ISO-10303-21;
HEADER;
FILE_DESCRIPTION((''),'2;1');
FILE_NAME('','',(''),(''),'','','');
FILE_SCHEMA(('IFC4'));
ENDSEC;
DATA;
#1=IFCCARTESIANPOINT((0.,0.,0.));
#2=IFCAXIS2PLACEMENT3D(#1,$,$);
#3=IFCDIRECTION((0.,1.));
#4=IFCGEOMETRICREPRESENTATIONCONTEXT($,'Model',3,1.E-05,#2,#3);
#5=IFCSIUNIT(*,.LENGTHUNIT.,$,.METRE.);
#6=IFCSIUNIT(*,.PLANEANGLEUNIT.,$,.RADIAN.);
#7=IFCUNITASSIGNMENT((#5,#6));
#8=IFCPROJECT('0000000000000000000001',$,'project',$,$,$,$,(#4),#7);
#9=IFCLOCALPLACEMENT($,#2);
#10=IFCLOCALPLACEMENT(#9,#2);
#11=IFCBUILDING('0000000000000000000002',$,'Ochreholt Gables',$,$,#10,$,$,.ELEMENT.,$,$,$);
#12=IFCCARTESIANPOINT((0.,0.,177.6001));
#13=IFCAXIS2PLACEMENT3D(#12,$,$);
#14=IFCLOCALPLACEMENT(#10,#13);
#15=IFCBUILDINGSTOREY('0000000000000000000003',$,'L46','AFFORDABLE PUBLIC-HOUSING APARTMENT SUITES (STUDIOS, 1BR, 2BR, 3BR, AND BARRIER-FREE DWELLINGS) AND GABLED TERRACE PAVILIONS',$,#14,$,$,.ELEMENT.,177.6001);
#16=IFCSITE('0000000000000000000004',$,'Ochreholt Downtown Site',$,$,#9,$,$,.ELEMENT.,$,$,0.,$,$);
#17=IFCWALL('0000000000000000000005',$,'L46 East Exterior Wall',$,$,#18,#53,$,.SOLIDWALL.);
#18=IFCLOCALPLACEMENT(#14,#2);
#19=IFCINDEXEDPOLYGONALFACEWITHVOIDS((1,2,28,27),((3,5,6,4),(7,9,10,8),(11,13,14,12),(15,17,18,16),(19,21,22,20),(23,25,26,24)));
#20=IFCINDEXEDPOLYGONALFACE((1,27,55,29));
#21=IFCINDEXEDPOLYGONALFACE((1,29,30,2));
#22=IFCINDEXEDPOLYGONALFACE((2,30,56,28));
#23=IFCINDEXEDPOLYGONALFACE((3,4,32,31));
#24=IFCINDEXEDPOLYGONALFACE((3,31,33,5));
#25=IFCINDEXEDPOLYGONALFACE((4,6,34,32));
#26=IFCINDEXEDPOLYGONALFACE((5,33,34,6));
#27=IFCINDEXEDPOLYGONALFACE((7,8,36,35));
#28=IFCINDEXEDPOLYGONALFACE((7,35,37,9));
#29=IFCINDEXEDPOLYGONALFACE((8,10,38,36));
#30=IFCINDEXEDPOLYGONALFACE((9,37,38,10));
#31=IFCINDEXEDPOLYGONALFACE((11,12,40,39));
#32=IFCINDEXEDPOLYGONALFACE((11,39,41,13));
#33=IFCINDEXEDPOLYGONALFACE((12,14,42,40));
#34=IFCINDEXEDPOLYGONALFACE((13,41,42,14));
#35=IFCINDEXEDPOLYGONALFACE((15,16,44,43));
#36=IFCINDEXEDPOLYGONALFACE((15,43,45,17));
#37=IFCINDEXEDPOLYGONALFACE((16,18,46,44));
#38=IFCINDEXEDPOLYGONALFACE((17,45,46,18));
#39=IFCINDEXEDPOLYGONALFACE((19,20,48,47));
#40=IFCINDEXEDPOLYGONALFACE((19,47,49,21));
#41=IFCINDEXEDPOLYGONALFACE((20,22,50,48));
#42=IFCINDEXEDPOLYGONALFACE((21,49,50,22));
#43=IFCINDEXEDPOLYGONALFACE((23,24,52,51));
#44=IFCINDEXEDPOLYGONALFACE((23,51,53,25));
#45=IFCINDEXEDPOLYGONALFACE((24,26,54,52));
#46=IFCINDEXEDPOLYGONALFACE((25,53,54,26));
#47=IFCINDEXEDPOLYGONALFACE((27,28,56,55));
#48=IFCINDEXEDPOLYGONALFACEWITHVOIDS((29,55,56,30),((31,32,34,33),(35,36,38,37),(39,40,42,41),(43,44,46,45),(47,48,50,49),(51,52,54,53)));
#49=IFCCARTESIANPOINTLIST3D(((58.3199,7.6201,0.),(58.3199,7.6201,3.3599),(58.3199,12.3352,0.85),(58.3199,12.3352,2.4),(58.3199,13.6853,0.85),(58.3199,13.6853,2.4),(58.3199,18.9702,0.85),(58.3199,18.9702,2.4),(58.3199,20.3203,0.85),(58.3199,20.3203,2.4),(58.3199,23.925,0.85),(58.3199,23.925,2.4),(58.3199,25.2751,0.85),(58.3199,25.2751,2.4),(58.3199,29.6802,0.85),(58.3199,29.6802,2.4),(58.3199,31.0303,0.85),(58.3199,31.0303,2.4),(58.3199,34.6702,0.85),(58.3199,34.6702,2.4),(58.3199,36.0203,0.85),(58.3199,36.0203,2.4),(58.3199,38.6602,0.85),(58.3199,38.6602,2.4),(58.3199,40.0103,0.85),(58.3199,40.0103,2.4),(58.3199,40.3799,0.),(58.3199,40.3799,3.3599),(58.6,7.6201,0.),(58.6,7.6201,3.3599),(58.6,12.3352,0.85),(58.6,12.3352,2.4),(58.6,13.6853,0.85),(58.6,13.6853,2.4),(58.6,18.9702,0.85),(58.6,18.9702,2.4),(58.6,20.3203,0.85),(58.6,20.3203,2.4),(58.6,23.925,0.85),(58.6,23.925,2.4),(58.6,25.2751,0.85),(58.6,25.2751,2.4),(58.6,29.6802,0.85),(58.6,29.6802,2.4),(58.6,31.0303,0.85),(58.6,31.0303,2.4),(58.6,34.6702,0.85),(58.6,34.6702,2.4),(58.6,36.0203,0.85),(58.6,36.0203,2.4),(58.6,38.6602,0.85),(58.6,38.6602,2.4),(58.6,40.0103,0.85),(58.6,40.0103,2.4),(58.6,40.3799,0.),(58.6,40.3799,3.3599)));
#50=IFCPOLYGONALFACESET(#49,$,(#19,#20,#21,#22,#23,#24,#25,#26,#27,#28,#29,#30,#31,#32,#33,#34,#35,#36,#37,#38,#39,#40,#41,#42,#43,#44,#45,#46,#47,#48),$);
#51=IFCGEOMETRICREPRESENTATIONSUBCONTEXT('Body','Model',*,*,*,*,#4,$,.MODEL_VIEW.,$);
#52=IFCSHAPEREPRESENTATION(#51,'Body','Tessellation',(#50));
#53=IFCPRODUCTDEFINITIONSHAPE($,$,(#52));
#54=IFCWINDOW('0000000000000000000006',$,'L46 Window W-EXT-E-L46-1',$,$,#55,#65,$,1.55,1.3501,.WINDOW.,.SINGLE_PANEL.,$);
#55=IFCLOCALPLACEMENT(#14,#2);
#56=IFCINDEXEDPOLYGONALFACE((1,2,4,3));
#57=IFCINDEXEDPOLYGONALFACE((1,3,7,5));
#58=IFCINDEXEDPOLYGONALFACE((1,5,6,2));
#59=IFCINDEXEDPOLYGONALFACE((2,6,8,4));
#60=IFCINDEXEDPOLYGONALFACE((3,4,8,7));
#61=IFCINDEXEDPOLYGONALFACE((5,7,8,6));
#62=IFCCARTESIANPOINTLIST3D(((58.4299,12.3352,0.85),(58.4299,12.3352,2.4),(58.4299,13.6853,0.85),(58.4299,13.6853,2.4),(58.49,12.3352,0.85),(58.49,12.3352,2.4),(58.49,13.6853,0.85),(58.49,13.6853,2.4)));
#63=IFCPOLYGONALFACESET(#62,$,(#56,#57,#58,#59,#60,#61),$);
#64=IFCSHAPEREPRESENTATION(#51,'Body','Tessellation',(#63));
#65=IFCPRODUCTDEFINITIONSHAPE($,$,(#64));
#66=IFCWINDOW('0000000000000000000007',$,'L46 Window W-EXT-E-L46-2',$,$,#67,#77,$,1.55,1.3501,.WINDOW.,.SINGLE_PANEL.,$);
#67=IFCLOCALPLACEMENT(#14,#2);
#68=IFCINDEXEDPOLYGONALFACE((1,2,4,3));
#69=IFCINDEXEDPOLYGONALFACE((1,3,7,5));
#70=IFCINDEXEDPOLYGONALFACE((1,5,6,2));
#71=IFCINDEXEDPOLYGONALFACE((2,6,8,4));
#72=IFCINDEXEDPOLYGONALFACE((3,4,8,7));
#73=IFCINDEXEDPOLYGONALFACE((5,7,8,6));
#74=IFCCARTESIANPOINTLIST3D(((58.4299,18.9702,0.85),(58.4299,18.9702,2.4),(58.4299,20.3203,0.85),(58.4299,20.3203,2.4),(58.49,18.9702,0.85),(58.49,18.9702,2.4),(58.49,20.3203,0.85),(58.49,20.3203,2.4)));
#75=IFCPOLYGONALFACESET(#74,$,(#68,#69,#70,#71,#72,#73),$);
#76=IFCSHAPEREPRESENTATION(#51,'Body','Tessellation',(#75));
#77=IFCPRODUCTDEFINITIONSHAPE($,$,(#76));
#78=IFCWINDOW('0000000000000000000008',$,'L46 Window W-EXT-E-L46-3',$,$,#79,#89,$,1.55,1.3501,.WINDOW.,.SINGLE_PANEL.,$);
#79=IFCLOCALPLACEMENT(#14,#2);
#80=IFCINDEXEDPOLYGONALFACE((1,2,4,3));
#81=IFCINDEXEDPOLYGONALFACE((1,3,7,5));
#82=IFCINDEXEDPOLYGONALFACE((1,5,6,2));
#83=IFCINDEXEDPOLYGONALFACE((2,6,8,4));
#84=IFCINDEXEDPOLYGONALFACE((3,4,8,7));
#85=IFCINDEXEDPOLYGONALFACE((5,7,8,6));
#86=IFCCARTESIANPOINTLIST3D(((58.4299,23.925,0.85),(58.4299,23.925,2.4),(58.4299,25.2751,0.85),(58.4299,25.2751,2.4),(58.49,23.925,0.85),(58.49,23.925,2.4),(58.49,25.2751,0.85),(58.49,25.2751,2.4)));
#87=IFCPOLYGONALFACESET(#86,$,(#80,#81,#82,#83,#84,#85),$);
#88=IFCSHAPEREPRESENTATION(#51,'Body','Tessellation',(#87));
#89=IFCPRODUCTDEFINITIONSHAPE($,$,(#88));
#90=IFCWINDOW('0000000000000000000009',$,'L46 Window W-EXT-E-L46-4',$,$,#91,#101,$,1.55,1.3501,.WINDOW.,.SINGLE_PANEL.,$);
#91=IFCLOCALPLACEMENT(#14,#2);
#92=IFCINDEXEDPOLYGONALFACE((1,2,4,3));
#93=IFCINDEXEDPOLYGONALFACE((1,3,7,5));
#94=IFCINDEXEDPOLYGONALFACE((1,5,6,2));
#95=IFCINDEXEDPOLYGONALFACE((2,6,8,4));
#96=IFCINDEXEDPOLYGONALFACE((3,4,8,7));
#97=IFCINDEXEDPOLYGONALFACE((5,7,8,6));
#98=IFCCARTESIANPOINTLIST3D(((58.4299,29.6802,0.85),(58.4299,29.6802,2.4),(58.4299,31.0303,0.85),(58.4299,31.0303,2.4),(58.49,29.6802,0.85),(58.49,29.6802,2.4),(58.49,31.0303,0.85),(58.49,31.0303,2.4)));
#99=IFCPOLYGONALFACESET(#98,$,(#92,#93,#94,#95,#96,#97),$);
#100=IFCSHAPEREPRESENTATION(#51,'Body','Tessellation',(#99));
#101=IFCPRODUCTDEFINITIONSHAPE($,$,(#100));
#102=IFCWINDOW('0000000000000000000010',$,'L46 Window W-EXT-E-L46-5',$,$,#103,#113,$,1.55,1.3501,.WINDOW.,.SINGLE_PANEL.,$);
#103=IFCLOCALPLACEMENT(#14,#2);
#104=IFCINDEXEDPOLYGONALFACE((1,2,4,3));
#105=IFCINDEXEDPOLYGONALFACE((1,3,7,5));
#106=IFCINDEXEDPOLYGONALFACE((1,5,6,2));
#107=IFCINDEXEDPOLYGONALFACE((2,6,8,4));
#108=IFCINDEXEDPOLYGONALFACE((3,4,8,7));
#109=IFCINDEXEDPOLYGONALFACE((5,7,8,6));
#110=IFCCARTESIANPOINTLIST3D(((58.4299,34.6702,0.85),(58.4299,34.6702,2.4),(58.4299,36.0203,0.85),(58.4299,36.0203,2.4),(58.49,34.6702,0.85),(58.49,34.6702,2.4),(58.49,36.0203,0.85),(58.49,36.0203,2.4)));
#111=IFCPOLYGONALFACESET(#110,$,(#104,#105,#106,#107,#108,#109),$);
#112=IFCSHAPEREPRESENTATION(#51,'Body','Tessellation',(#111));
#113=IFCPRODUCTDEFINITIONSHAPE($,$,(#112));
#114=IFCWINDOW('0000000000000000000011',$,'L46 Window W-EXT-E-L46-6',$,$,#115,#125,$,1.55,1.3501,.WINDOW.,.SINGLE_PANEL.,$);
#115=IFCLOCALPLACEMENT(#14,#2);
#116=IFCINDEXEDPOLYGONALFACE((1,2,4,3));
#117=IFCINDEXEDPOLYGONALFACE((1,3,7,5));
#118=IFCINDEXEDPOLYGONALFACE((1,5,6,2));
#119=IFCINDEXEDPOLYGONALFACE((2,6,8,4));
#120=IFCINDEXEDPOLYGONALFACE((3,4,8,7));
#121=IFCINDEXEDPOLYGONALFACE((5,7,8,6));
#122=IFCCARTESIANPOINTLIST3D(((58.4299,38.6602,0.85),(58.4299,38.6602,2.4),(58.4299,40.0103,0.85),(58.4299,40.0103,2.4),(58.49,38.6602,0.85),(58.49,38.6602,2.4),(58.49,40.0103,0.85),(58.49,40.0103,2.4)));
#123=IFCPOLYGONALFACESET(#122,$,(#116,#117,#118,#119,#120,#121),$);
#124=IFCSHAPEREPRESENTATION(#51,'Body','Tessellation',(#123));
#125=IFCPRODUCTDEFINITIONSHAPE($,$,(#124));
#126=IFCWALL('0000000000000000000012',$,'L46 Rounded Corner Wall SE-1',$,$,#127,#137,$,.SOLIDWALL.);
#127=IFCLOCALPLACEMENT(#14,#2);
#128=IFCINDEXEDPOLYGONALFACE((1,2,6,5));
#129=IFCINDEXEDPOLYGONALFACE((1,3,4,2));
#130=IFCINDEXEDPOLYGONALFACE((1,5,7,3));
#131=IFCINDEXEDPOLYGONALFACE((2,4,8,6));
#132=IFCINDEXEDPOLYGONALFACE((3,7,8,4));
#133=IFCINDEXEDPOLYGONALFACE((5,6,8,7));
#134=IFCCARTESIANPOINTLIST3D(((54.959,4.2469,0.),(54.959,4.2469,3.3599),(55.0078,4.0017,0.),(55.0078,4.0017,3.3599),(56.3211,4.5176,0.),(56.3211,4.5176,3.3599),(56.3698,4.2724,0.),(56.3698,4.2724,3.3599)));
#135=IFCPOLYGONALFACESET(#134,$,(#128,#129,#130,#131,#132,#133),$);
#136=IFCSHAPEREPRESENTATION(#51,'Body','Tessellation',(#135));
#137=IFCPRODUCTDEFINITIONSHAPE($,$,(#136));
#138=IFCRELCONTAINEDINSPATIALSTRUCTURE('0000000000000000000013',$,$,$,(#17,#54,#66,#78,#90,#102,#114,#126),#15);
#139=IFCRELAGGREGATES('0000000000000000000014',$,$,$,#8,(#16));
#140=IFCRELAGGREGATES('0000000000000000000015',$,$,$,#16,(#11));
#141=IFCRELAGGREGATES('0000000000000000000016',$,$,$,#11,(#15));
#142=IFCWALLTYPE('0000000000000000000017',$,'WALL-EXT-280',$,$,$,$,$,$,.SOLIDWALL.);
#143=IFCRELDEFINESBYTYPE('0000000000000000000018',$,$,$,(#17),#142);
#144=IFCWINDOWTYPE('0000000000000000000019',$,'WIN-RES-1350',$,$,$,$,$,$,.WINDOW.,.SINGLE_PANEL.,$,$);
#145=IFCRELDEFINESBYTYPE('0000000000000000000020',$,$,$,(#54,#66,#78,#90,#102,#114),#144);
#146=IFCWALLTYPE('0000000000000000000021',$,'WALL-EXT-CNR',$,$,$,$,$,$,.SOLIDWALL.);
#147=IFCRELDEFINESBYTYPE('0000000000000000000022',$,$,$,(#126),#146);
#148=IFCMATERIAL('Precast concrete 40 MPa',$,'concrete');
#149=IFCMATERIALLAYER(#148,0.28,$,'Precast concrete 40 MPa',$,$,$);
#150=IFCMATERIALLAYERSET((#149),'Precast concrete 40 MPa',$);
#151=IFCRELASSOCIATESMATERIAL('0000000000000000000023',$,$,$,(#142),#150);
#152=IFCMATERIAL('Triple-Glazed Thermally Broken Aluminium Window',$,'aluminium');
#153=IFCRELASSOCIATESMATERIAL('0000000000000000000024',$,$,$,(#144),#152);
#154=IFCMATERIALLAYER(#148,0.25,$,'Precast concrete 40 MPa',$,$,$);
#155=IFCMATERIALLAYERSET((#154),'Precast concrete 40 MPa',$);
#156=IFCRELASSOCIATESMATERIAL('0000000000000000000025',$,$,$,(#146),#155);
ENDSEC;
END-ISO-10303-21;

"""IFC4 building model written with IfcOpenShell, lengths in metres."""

from ifc_helpers import new_model, si_unit, direction, frame, frame_2d, origin, place, context, subcontext, project, spatial, rectangle, extrude, material, layer, layer_set, type_object, element, fill, save


model = new_model("IFC4")

# Units and contexts
model_context = context("Model", 3, precision=1e-05, world=origin(), true_north=direction((0.0, 1.0)))
body_context = subcontext(model_context, "Body", "Model", "MODEL_VIEW")
ifc_project = project(units=[si_unit("LENGTHUNIT", "METRE"), si_unit("PLANEANGLEUNIT", "RADIAN")], contexts=[model_context])

# Site, building, storey
site_placement = place(None, origin())
site = spatial("IfcSite", under=ifc_project, at=site_placement, Name="Ochreholt Downtown Site", CompositionType="ELEMENT", RefElevation=0.0)
building_placement = place(site_placement, origin())
building = spatial("IfcBuilding", under=site, at=building_placement, Name="Ochreholt Gables", CompositionType="ELEMENT")
storey_placement = place(building_placement, frame((0.0, 0.0, 177.6001)))
storey = spatial("IfcBuildingStorey", under=building, at=storey_placement, Name="L46", Description="AFFORDABLE PUBLIC-HOUSING APARTMENT SUITES (STUDIOS, 1BR, 2BR, 3BR, AND BARRIER-FREE DWELLINGS) AND GABLED TERRACE PAVILIONS", CompositionType="ELEMENT", Elevation=177.6001)

# Wall, openings, windows
ifc_material_1 = material(Name="Precast concrete 40 MPa", Category="concrete")
ifc_layer_1 = layer(ifc_material_1, 0.28, Name="Precast concrete 40 MPa")
ifc_layer_set_1 = layer_set([ifc_layer_1], Name="Precast concrete 40 MPa")
wall_type_1 = type_object("IfcWallType", Name="WALL-EXT-280", PredefinedType="SOLIDWALL", material=ifc_layer_set_1)
wall_1_placement = place(storey_placement, frame((58.46, 7.6201, 0.0), z_axis=(0.0, 0.0, 1.0), x_axis=(0.0, 1.0, 0.0)))
wall_1 = element("IfcWall", 1, at=wall_1_placement, inside=storey, type_object=wall_type_1, Name="L46 East Exterior Wall", PredefinedType="SOLIDWALL", context=body_context, shape_type="SweptSolid", body=[
    extrude(rectangle(XDim=32.7598, YDim=0.28, at=frame_2d((16.3799, 0.0))), origin(), (0.0, 0.0, 1.0), 3.3599),
])
opening_1_placement = place(wall_1_placement, frame((4.7151, 0.0, 0.8501)))
opening_1 = element("IfcOpeningElement", 2, at=opening_1_placement, cuts=wall_1, PredefinedType="OPENING", context=body_context, shape_type="SweptSolid", body=[
    extrude(rectangle(XDim=1.3501, YDim=1.55, at=frame_2d((0.675, 0.7749))), frame((0.0, 0.1499, 0.0), z_axis=(0.0, -1.0, 0.0), x_axis=(1.0, 0.0, 0.0)), (0.0, 0.0, 1.0), 0.3),
])
opening_2_placement = place(wall_1_placement, frame((11.3501, 0.0, 0.8501)))
opening_2 = element("IfcOpeningElement", 3, at=opening_2_placement, cuts=wall_1, PredefinedType="OPENING", context=body_context, shape_type="SweptSolid", body=[
    extrude(rectangle(XDim=1.3501, YDim=1.55, at=frame_2d((0.675, 0.7749))), frame((0.0, 0.1499, 0.0), z_axis=(0.0, -1.0, 0.0), x_axis=(1.0, 0.0, 0.0)), (0.0, 0.0, 1.0), 0.3),
])
opening_3_placement = place(wall_1_placement, frame((16.3049, 0.0, 0.8501)))
opening_3 = element("IfcOpeningElement", 4, at=opening_3_placement, cuts=wall_1, PredefinedType="OPENING", context=body_context, shape_type="SweptSolid", body=[
    extrude(rectangle(XDim=1.3501, YDim=1.55, at=frame_2d((0.675, 0.7749))), frame((0.0, 0.1499, 0.0), z_axis=(0.0, -1.0, 0.0), x_axis=(1.0, 0.0, 0.0)), (0.0, 0.0, 1.0), 0.3),
])
opening_4_placement = place(wall_1_placement, frame((22.0601, 0.0, 0.8501)))
opening_4 = element("IfcOpeningElement", 5, at=opening_4_placement, cuts=wall_1, PredefinedType="OPENING", context=body_context, shape_type="SweptSolid", body=[
    extrude(rectangle(XDim=1.3501, YDim=1.55, at=frame_2d((0.675, 0.7749))), frame((0.0, 0.1499, 0.0), z_axis=(0.0, -1.0, 0.0), x_axis=(1.0, 0.0, 0.0)), (0.0, 0.0, 1.0), 0.3),
])
opening_5_placement = place(wall_1_placement, frame((27.05, 0.0, 0.8501)))
opening_5 = element("IfcOpeningElement", 6, at=opening_5_placement, cuts=wall_1, PredefinedType="OPENING", context=body_context, shape_type="SweptSolid", body=[
    extrude(rectangle(XDim=1.3501, YDim=1.55, at=frame_2d((0.675, 0.7749))), frame((0.0, 0.1499, 0.0), z_axis=(0.0, -1.0, 0.0), x_axis=(1.0, 0.0, 0.0)), (0.0, 0.0, 1.0), 0.3),
])
opening_6_placement = place(wall_1_placement, frame((31.04, 0.0, 0.8501)))
opening_6 = element("IfcOpeningElement", 7, at=opening_6_placement, cuts=wall_1, PredefinedType="OPENING", context=body_context, shape_type="SweptSolid", body=[
    extrude(rectangle(XDim=1.3501, YDim=1.55, at=frame_2d((0.675, 0.7749))), frame((0.0, 0.1499, 0.0), z_axis=(0.0, -1.0, 0.0), x_axis=(1.0, 0.0, 0.0)), (0.0, 0.0, 1.0), 0.3),
])
ifc_material_2 = material(Name="Triple-Glazed Thermally Broken Aluminium Window", Category="aluminium")
window_type_1 = type_object("IfcWindowType", Name="WIN-RES-1350", PartitioningType="SINGLE_PANEL", PredefinedType="WINDOW", material=ifc_material_2)
window_1_placement = place(opening_1_placement, origin())
window_1 = element("IfcWindow", 8, at=window_1_placement, inside=storey, type_object=window_type_1, Name="L46 Window W-EXT-E-L46-1", OverallHeight=1.55, OverallWidth=1.3501, PartitioningType="SINGLE_PANEL", PredefinedType="WINDOW", context=body_context, shape_type="SweptSolid", body=[
    extrude(rectangle(XDim=1.3501, YDim=1.55, at=frame_2d((0.675, 0.7749))), frame((0.0, 0.03, 0.0), z_axis=(0.0, -1.0, 0.0), x_axis=(1.0, 0.0, 0.0)), (0.0, 0.0, 1.0), 0.0601),
])
fill(opening_1, window_1)
window_2_placement = place(opening_2_placement, origin())
window_2 = element("IfcWindow", 9, at=window_2_placement, inside=storey, type_object=window_type_1, Name="L46 Window W-EXT-E-L46-2", OverallHeight=1.55, OverallWidth=1.3501, PartitioningType="SINGLE_PANEL", PredefinedType="WINDOW", context=body_context, shape_type="SweptSolid", body=[
    extrude(rectangle(XDim=1.3501, YDim=1.55, at=frame_2d((0.675, 0.7749))), frame((0.0, 0.03, 0.0), z_axis=(0.0, -1.0, 0.0), x_axis=(1.0, 0.0, 0.0)), (0.0, 0.0, 1.0), 0.0601),
])
fill(opening_2, window_2)
window_3_placement = place(opening_3_placement, origin())
window_3 = element("IfcWindow", 10, at=window_3_placement, inside=storey, type_object=window_type_1, Name="L46 Window W-EXT-E-L46-3", OverallHeight=1.55, OverallWidth=1.3501, PartitioningType="SINGLE_PANEL", PredefinedType="WINDOW", context=body_context, shape_type="SweptSolid", body=[
    extrude(rectangle(XDim=1.3501, YDim=1.55, at=frame_2d((0.675, 0.7749))), frame((0.0, 0.03, 0.0), z_axis=(0.0, -1.0, 0.0), x_axis=(1.0, 0.0, 0.0)), (0.0, 0.0, 1.0), 0.0601),
])
fill(opening_3, window_3)
window_4_placement = place(opening_4_placement, origin())
window_4 = element("IfcWindow", 11, at=window_4_placement, inside=storey, type_object=window_type_1, Name="L46 Window W-EXT-E-L46-4", OverallHeight=1.55, OverallWidth=1.3501, PartitioningType="SINGLE_PANEL", PredefinedType="WINDOW", context=body_context, shape_type="SweptSolid", body=[
    extrude(rectangle(XDim=1.3501, YDim=1.55, at=frame_2d((0.675, 0.7749))), frame((0.0, 0.03, 0.0), z_axis=(0.0, -1.0, 0.0), x_axis=(1.0, 0.0, 0.0)), (0.0, 0.0, 1.0), 0.0601),
])
fill(opening_4, window_4)
window_5_placement = place(opening_5_placement, origin())
window_5 = element("IfcWindow", 12, at=window_5_placement, inside=storey, type_object=window_type_1, Name="L46 Window W-EXT-E-L46-5", OverallHeight=1.55, OverallWidth=1.3501, PartitioningType="SINGLE_PANEL", PredefinedType="WINDOW", context=body_context, shape_type="SweptSolid", body=[
    extrude(rectangle(XDim=1.3501, YDim=1.55, at=frame_2d((0.675, 0.7749))), frame((0.0, 0.03, 0.0), z_axis=(0.0, -1.0, 0.0), x_axis=(1.0, 0.0, 0.0)), (0.0, 0.0, 1.0), 0.0601),
])
fill(opening_5, window_5)
window_6_placement = place(opening_6_placement, origin())
window_6 = element("IfcWindow", 13, at=window_6_placement, inside=storey, type_object=window_type_1, Name="L46 Window W-EXT-E-L46-6", OverallHeight=1.55, OverallWidth=1.3501, PartitioningType="SINGLE_PANEL", PredefinedType="WINDOW", context=body_context, shape_type="SweptSolid", body=[
    extrude(rectangle(XDim=1.3501, YDim=1.55, at=frame_2d((0.675, 0.7749))), frame((0.0, 0.03, 0.0), z_axis=(0.0, -1.0, 0.0), x_axis=(1.0, 0.0, 0.0)), (0.0, 0.0, 1.0), 0.0601),
])
fill(opening_6, window_6)

# Wall
ifc_layer_2 = layer(ifc_material_1, 0.25, Name="Precast concrete 40 MPa")
ifc_layer_set_2 = layer_set([ifc_layer_2], Name="Precast concrete 40 MPa")
wall_type_2 = type_object("IfcWallType", Name="WALL-EXT-CNR", PredefinedType="SOLIDWALL", material=ifc_layer_set_2)
wall_2_placement = place(storey_placement, frame((54.9834, 4.1243, 0.0), z_axis=(0.0, 0.0, 1.0), x_axis=(0.98081, 0.194967, 0.0)))
element("IfcWall", 14, at=wall_2_placement, inside=storey, type_object=wall_type_2, Name="L46 Rounded Corner Wall SE-1", PredefinedType="SOLIDWALL", context=body_context, shape_type="SweptSolid", body=[
    extrude(rectangle(XDim=1.3887, YDim=0.25, at=frame_2d((0.6943, 0.0))), origin(), (0.0, 0.0, 1.0), 3.3599),
])

save(model, "model.ifc")
